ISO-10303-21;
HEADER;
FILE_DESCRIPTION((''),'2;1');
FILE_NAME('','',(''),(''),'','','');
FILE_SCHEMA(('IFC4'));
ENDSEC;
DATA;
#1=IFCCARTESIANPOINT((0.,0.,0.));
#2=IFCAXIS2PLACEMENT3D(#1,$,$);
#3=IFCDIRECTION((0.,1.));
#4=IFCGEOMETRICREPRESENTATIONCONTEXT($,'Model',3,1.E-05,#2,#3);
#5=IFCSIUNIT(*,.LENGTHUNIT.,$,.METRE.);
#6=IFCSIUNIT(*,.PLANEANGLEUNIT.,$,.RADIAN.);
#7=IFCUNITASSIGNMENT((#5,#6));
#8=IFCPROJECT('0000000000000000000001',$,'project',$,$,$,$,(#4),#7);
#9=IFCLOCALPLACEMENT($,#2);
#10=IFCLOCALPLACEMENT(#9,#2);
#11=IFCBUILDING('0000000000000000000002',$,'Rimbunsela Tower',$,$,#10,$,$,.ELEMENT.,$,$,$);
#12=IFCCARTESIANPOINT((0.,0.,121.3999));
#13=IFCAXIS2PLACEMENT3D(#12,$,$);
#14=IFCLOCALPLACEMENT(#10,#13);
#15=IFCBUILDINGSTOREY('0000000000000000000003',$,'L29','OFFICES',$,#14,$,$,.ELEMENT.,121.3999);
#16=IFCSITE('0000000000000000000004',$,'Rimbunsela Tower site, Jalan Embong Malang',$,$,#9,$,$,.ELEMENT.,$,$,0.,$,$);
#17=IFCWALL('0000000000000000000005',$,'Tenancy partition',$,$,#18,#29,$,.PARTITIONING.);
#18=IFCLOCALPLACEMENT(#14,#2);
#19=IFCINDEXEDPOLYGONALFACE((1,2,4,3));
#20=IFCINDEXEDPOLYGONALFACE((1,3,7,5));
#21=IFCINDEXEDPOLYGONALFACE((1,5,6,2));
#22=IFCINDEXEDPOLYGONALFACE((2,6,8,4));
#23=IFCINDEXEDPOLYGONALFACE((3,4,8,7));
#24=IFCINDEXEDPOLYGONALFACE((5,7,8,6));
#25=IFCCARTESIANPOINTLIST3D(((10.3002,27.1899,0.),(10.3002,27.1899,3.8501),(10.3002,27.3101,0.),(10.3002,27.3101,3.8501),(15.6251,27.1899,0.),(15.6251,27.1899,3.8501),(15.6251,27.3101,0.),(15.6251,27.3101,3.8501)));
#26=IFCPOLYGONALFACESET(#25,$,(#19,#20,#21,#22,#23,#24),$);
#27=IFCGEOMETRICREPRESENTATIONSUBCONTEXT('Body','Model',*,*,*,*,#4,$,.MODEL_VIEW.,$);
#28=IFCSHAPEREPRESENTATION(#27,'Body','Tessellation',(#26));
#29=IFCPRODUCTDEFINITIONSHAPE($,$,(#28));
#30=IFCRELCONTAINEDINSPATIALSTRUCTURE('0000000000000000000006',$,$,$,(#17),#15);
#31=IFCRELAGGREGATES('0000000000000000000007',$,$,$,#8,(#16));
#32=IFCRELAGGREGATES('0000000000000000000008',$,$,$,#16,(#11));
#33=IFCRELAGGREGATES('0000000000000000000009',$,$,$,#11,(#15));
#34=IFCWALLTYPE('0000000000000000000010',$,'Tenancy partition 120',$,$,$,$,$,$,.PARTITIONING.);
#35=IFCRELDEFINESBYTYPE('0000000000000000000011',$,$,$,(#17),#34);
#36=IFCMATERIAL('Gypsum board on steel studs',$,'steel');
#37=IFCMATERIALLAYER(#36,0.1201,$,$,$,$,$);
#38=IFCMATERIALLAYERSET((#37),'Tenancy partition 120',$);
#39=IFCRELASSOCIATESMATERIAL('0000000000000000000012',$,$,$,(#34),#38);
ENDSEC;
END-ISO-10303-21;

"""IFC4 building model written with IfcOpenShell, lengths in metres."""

from ifc_helpers import new_model, si_unit, direction, frame, frame_2d, origin, place, context, subcontext, project, spatial, rectangle, extrude, material, layer, layer_set, type_object, element, save


model = new_model("IFC4")

# Units and contexts
model_context = context("Model", 3, precision=1e-05, world=origin(), true_north=direction((0.0, 1.0)))
body_context = subcontext(model_context, "Body", "Model", "MODEL_VIEW")
ifc_project = project(units=[si_unit("LENGTHUNIT", "METRE"), si_unit("PLANEANGLEUNIT", "RADIAN")], contexts=[model_context])

# Site, building, storey
site_placement = place(None, origin())
site = spatial("IfcSite", under=ifc_project, at=site_placement, Name="Rimbunsela Tower site, Jalan Embong Malang", CompositionType="ELEMENT", RefElevation=0.0)
building_placement = place(site_placement, origin())
building = spatial("IfcBuilding", under=site, at=building_placement, Name="Rimbunsela Tower", CompositionType="ELEMENT")
storey_placement = place(building_placement, frame((0.0, 0.0, 121.3999)))
storey = spatial("IfcBuildingStorey", under=building, at=storey_placement, Name="L29", Description="OFFICES", CompositionType="ELEMENT", Elevation=121.3999)

# Wall
ifc_material_1 = material(Name="Gypsum board on steel studs", Category="steel")
ifc_layer_1 = layer(ifc_material_1, 0.1201)
ifc_layer_set_1 = layer_set([ifc_layer_1], Name="Tenancy partition 120")
wall_type_1 = type_object("IfcWallType", Name="Tenancy partition 120", PredefinedType="PARTITIONING", material=ifc_layer_set_1)
wall_1_placement = place(storey_placement, frame((10.3, 27.25, 0.0), z_axis=(0.0, 0.0, 1.0), x_axis=(1.0, 0.0, 0.0)))
element("IfcWall", 1, at=wall_1_placement, inside=storey, type_object=wall_type_1, Name="Tenancy partition", PredefinedType="PARTITIONING", context=body_context, shape_type="SweptSolid", body=[
    extrude(rectangle(XDim=5.325, YDim=0.1201, at=frame_2d((2.6626, 0.0))), origin(), (0.0, 0.0, 1.0), 3.8501),
])

save(model, "model.ifc")
